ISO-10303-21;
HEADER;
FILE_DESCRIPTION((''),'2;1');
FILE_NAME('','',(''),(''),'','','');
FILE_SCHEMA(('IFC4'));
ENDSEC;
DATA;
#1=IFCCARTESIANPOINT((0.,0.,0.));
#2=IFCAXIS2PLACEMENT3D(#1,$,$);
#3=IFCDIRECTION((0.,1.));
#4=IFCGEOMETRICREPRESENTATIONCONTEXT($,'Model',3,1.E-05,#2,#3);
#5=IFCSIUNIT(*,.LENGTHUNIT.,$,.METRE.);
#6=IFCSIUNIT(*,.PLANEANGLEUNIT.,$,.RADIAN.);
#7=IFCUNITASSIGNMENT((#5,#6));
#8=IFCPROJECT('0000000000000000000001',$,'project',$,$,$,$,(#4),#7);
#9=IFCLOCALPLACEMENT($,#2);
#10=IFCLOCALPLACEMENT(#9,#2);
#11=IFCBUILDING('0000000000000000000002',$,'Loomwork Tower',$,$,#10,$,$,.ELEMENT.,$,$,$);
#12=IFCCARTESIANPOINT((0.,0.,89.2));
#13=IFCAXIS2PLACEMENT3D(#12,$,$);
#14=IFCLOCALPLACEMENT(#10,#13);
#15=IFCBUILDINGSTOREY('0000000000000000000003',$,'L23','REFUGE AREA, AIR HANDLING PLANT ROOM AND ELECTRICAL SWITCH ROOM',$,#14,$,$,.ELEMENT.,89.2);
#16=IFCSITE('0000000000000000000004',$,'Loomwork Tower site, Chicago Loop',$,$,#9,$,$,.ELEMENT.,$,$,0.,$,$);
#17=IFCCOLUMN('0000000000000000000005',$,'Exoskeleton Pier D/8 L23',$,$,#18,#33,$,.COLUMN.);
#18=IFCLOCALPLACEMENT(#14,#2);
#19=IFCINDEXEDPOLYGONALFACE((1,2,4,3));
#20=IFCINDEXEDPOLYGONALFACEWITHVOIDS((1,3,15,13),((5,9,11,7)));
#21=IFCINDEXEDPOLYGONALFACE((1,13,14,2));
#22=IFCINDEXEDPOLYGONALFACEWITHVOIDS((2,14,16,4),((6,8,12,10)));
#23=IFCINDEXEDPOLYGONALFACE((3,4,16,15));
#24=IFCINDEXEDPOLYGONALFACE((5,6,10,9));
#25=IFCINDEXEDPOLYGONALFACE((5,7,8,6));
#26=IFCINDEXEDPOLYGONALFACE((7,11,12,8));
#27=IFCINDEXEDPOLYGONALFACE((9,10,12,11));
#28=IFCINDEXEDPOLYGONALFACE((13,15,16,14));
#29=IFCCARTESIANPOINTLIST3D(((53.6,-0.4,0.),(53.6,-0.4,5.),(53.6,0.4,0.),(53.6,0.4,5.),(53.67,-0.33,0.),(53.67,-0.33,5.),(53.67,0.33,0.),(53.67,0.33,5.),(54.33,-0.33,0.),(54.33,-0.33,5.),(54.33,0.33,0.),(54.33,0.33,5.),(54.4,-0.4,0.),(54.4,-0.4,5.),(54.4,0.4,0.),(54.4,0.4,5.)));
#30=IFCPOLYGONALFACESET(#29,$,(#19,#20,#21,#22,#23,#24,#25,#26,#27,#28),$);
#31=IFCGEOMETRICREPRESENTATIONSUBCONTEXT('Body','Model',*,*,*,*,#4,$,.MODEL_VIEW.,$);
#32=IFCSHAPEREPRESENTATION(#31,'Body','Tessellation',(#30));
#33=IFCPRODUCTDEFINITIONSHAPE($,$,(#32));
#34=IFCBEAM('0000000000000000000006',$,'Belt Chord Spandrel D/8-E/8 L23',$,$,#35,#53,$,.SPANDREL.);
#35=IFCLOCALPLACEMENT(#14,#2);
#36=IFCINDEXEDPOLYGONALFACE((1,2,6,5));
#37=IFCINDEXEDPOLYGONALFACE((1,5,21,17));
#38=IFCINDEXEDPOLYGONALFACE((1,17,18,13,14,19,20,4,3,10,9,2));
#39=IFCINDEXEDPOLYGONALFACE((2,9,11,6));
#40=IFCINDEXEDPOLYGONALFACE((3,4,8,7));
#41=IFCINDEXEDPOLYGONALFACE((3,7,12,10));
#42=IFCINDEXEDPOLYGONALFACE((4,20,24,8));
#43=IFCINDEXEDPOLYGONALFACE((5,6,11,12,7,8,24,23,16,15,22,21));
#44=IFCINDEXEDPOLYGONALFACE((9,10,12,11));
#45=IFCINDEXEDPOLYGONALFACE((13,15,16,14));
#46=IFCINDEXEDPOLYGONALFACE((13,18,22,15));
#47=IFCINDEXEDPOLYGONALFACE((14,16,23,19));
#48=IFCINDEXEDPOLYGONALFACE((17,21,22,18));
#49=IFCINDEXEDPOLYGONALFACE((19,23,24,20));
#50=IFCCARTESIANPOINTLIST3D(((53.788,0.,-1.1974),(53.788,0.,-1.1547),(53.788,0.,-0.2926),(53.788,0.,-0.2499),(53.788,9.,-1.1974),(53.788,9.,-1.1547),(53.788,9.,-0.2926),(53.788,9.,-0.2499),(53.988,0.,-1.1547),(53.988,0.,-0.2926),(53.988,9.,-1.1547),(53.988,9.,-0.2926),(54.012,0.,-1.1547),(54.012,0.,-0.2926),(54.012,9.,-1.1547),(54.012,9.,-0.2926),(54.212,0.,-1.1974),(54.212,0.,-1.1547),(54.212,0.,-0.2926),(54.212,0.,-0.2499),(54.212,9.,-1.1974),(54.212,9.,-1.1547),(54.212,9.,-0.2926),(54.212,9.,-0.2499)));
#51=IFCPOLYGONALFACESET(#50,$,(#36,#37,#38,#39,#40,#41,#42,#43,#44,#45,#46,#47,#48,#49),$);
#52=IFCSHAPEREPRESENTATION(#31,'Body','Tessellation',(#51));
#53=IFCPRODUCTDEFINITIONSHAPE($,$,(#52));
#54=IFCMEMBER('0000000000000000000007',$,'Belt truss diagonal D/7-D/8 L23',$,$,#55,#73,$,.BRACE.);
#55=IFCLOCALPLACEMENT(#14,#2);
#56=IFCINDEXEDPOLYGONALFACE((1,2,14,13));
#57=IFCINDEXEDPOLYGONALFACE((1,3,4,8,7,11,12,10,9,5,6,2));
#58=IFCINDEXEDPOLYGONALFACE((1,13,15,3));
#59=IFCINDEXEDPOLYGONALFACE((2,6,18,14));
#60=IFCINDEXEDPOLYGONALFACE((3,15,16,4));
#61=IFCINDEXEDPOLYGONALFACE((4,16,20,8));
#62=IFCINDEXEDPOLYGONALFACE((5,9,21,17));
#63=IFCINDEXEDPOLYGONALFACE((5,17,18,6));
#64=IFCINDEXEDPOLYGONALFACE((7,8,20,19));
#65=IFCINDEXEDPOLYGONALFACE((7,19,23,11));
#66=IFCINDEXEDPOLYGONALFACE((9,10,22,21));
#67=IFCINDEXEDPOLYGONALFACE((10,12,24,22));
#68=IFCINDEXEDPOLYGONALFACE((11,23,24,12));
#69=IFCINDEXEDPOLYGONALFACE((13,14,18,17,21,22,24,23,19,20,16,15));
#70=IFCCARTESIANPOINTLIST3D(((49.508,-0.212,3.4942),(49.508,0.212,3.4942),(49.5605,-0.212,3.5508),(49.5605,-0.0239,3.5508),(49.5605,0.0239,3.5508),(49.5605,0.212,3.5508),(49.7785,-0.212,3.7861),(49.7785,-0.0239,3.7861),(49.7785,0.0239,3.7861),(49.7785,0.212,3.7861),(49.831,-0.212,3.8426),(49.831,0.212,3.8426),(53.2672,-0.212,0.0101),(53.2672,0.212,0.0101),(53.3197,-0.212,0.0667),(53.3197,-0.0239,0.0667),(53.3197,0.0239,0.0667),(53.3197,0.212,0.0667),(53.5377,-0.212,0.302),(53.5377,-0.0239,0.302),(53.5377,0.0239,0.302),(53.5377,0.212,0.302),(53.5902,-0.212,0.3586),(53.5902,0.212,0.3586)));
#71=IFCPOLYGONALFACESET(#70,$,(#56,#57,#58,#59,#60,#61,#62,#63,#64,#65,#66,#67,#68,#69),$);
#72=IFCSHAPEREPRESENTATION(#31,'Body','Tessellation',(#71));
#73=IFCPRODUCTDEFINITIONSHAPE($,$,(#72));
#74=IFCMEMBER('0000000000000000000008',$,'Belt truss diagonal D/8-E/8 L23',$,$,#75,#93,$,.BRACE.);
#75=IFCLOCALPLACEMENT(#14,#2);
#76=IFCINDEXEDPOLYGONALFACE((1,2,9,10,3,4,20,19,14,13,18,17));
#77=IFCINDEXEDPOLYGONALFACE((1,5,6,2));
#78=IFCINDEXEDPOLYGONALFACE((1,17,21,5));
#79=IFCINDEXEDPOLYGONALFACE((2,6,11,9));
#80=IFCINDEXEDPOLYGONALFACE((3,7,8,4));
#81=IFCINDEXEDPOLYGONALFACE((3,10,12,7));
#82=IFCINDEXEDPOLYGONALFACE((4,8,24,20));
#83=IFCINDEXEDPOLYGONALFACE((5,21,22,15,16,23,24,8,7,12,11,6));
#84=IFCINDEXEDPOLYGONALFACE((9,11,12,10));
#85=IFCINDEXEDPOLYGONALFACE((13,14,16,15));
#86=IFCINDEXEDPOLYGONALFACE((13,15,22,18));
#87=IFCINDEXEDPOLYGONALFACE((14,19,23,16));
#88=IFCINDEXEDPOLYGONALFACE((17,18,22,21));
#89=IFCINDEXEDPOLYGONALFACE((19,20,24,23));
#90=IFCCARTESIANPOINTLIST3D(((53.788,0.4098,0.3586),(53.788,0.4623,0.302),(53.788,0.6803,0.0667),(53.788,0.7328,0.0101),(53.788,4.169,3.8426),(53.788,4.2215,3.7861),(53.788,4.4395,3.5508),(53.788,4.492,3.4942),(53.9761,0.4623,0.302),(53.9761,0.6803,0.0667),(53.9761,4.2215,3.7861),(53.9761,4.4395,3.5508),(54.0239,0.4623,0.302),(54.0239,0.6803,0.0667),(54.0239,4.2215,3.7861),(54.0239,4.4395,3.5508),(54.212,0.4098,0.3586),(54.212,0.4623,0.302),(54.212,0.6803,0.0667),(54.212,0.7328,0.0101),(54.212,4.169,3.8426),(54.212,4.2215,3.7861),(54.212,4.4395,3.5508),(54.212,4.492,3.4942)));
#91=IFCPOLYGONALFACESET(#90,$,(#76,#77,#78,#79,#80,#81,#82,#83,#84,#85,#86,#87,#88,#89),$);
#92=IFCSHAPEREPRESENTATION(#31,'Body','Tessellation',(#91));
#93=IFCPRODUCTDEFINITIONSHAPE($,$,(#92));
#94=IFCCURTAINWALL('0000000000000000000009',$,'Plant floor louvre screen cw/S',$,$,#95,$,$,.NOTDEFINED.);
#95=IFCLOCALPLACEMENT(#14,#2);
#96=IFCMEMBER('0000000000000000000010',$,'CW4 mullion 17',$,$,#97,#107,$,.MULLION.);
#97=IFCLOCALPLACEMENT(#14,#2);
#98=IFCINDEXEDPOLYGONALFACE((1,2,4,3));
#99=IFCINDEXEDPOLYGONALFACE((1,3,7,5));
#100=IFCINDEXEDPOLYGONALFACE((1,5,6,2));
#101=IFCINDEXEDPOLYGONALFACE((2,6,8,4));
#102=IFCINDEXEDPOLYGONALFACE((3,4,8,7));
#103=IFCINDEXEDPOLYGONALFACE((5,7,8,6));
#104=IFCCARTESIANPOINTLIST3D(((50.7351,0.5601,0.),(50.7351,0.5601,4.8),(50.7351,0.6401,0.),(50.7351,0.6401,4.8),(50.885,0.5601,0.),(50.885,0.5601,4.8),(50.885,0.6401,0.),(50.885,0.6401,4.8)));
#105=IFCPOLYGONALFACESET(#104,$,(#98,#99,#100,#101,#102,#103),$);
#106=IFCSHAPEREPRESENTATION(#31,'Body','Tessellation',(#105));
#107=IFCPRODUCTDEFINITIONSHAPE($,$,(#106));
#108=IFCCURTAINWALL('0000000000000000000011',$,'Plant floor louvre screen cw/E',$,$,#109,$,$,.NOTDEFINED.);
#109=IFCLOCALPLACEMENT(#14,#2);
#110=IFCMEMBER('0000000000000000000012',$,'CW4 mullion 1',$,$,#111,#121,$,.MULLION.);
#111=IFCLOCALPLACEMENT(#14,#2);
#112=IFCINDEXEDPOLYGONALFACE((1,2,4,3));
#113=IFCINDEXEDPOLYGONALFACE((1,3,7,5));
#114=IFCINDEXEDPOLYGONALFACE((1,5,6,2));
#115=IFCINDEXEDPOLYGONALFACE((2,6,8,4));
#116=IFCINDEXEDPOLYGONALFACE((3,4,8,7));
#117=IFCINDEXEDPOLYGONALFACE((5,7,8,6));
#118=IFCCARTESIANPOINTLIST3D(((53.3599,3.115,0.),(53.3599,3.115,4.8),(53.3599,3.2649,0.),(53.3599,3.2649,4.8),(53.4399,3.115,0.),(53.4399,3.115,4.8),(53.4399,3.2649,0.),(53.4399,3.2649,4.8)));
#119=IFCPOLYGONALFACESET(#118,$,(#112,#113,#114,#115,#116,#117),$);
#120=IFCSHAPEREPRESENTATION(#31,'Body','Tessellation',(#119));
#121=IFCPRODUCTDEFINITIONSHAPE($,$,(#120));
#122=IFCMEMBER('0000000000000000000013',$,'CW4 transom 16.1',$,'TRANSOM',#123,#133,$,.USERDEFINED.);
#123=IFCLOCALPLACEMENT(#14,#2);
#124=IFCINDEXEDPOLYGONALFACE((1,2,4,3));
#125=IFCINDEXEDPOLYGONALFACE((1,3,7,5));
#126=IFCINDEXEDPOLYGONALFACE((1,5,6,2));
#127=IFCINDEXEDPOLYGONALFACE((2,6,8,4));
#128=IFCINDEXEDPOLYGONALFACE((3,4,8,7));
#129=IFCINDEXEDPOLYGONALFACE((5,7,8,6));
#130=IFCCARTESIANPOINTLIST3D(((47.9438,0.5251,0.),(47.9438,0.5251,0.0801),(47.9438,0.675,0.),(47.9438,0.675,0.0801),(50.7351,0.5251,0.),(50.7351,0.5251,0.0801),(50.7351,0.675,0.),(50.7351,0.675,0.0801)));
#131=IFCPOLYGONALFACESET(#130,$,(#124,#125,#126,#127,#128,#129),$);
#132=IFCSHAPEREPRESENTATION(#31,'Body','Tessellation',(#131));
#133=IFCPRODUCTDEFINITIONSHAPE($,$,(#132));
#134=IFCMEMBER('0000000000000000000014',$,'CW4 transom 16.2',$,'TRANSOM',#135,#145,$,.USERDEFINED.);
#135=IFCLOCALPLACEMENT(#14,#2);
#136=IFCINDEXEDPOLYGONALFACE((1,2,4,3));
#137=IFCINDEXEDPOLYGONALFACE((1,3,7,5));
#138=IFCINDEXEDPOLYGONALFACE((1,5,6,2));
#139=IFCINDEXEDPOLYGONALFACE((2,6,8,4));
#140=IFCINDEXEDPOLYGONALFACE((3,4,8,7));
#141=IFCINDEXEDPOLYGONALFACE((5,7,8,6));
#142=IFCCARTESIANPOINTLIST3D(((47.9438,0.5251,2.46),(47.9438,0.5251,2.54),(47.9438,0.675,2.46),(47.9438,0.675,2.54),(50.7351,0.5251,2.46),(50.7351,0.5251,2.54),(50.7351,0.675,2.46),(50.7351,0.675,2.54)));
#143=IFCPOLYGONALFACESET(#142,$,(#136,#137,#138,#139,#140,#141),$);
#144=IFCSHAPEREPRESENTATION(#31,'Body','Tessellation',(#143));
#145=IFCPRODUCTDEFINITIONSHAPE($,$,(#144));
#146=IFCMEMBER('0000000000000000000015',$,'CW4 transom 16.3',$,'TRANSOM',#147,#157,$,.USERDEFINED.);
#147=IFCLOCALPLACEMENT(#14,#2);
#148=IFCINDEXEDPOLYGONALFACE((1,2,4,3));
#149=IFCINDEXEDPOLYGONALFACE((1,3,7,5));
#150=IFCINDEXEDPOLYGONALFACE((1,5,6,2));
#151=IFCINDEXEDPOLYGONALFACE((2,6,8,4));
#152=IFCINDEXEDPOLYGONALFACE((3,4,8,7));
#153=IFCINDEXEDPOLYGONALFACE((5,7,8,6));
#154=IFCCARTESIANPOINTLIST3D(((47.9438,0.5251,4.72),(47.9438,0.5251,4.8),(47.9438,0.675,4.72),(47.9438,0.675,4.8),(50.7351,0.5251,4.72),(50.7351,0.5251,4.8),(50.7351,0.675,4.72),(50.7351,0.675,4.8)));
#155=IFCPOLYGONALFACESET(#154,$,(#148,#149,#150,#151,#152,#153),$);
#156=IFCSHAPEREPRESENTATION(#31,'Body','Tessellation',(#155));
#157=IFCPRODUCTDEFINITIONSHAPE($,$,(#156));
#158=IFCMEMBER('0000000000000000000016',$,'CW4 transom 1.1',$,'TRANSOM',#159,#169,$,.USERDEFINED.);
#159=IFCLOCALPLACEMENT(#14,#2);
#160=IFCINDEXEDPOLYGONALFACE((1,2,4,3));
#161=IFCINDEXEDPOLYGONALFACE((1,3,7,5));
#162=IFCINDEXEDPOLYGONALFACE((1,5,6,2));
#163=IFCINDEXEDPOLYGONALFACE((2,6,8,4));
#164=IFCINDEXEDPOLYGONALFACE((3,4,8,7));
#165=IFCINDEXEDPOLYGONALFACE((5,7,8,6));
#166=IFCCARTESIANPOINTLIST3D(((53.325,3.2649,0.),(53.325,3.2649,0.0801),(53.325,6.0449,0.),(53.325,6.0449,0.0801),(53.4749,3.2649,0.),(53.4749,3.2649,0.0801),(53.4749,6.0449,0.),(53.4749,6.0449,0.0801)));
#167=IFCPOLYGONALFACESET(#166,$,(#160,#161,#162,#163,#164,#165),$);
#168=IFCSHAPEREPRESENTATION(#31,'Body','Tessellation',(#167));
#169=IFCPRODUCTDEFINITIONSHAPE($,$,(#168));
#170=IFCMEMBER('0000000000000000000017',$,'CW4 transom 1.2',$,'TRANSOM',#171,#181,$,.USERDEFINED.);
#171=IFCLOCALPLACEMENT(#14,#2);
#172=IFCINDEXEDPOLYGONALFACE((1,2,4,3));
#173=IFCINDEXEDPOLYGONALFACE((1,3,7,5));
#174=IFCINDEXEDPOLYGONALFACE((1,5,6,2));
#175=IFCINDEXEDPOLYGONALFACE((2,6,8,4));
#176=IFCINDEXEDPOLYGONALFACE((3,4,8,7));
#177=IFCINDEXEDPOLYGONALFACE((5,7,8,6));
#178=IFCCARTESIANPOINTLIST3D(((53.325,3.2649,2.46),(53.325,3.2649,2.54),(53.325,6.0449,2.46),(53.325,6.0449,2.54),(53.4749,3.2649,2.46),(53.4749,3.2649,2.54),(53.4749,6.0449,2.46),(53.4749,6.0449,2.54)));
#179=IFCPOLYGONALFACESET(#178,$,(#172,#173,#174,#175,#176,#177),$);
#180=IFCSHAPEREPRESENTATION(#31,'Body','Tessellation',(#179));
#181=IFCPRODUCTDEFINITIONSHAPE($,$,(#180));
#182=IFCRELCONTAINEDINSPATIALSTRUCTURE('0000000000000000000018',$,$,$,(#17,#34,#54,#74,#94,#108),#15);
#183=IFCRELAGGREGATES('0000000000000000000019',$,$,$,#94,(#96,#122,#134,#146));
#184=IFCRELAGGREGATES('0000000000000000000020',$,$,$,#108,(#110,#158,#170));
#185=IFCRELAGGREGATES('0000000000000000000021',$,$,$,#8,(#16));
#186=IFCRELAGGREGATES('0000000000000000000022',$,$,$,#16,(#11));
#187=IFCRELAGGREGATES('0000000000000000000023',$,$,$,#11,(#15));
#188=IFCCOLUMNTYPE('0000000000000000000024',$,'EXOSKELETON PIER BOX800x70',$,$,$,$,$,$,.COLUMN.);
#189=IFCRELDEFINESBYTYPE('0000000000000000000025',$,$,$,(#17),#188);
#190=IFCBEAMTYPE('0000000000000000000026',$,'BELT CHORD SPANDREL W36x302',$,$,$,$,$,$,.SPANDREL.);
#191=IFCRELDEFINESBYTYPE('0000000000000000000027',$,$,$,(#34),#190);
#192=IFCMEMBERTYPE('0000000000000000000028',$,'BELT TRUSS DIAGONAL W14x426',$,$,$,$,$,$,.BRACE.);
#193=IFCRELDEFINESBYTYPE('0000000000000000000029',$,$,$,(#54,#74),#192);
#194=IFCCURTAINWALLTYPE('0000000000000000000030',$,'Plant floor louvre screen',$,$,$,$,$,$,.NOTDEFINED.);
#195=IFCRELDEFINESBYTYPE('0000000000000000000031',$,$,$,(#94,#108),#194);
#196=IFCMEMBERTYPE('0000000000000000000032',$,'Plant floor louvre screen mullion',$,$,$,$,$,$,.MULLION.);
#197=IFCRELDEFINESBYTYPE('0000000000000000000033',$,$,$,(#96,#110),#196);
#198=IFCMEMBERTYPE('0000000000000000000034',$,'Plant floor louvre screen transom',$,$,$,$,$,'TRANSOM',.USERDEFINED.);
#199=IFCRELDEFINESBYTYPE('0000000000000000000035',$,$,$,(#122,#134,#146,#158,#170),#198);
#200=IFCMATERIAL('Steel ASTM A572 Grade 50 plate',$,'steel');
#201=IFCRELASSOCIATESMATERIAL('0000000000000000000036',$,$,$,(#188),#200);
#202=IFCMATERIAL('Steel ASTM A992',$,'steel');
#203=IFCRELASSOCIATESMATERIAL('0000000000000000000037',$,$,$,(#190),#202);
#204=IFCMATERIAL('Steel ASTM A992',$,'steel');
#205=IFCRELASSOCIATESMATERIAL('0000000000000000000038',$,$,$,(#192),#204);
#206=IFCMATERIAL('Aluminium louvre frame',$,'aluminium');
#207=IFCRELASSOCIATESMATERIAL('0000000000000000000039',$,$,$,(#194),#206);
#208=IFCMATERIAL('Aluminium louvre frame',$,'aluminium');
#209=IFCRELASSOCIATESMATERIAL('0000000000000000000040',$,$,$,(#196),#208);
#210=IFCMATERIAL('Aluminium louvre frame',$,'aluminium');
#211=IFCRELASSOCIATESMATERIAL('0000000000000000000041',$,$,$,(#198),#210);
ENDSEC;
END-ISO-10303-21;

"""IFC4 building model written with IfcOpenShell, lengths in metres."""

from ifc_helpers import new_model, si_unit, direction, frame, origin, origin_2d, place, context, subcontext, project, spatial, rectangle, hollow_rectangle, i_section, extrude, material, material_profile, profile_set, type_object, element, aggregate, save


model = new_model("IFC4")

# Units and contexts
model_context = context("Model", 3, precision=1e-05, world=origin(), true_north=direction((0.0, 1.0)))
body_context = subcontext(model_context, "Body", "Model", "MODEL_VIEW")
ifc_project = project(units=[si_unit("LENGTHUNIT", "METRE"), si_unit("PLANEANGLEUNIT", "RADIAN")], contexts=[model_context])

# Site, building, storey
site_placement = place(None, origin())
site = spatial("IfcSite", under=ifc_project, at=site_placement, Name="Loomwork Tower site, Chicago Loop", CompositionType="ELEMENT", RefElevation=0.0)
building_placement = place(site_placement, origin())
building = spatial("IfcBuilding", under=site, at=building_placement, Name="Loomwork Tower", CompositionType="ELEMENT")
storey_placement = place(building_placement, frame((0.0, 0.0, 89.2)))
storey = spatial("IfcBuildingStorey", under=building, at=storey_placement, Name="L23", Description="REFUGE AREA, AIR HANDLING PLANT ROOM AND ELECTRICAL SWITCH ROOM", CompositionType="ELEMENT", Elevation=89.2)

# Column
ifc_material_1 = material(Name="Steel ASTM A572 Grade 50 plate", Category="steel")
ifc_material_profile_1 = material_profile(ifc_material_1, hollow_rectangle(XDim=0.8, YDim=0.8, WallThickness=0.0701, at=origin_2d()), Name="BOX800x70")
ifc_profile_set_1 = profile_set([ifc_material_profile_1], Name="Steel ASTM A572 Grade 50 plate")
column_type = type_object("IfcColumnType", Name="EXOSKELETON PIER BOX800x70", PredefinedType="COLUMN", material=ifc_profile_set_1)
column_placement = place(storey_placement, frame((54.0, 0.0, 0.0), z_axis=(0.0, 0.0, 1.0), x_axis=(1.0, 0.0, 0.0)))
element("IfcColumn", 1, at=column_placement, inside=storey, type_object=column_type, Name="Exoskeleton Pier D/8 L23", PredefinedType="COLUMN", context=body_context, shape_type="SweptSolid", body=[
    extrude(hollow_rectangle(XDim=0.8, YDim=0.8, WallThickness=0.0701, at=origin_2d()), origin(), (0.0, 0.0, 1.0), 5.0),
])

# Beam
ifc_material_2 = material(Name="Steel ASTM A992", Category="steel")
ifc_material_profile_2 = material_profile(ifc_material_2, i_section(OverallWidth=0.4241, OverallDepth=0.9475, WebThickness=0.0239, FlangeThickness=0.0427, at=origin_2d()), Name="W36x302")
ifc_profile_set_2 = profile_set([ifc_material_profile_2], Name="Steel ASTM A992")
beam_type = type_object("IfcBeamType", Name="BELT CHORD SPANDREL W36x302", PredefinedType="SPANDREL", material=ifc_profile_set_2)
beam_placement = place(storey_placement, frame((54.0, 0.0, -0.7236), z_axis=(0.0, 1.0, 0.0), x_axis=(-1.0, 0.0, 0.0)))
element("IfcBeam", 2, at=beam_placement, inside=storey, type_object=beam_type, Name="Belt Chord Spandrel D/8-E/8 L23", PredefinedType="SPANDREL", context=body_context, shape_type="SweptSolid", body=[
    extrude(i_section(OverallWidth=0.4241, OverallDepth=0.9475, WebThickness=0.0239, FlangeThickness=0.0427, at=origin_2d()), origin(), (0.0, 0.0, 1.0), 9.0),
])

# Members
ifc_material_3 = material(Name="Steel ASTM A992", Category="steel")
ifc_material_profile_3 = material_profile(ifc_material_3, i_section(OverallWidth=0.4241, OverallDepth=0.4751, WebThickness=0.0479, FlangeThickness=0.0771, at=origin_2d()), Name="W14x426")
ifc_profile_set_3 = profile_set([ifc_material_profile_3], Name="Steel ASTM A992")
member_type_1 = type_object("IfcMemberType", Name="BELT TRUSS DIAGONAL W14x426", PredefinedType="BRACE", material=ifc_profile_set_3)
for number, where, z_axis, x_axis, name in (
    (3, (53.4287, 0.0, 0.1843), (-0.733438, 0.0, 0.679757), (0.0, -1.0, 0.0), "Belt truss diagonal D/7-D/8 L23"),
    (4, (54.0, 0.5713, 0.1843), (0.0, 0.733438, 0.679757), (-1.0, 0.0, 0.0), "Belt truss diagonal D/8-E/8 L23"),
):
    element("IfcMember", number, at=place(storey_placement, frame(where, z_axis=z_axis, x_axis=x_axis)), inside=storey, type_object=member_type_1, Name=name, PredefinedType="BRACE", context=body_context, shape_type="SweptSolid", body=[
        extrude(i_section(OverallWidth=0.4241, OverallDepth=0.4751, WebThickness=0.0479, FlangeThickness=0.0771, at=origin_2d()), origin(), (0.0, 0.0, 1.0), 5.1255),
    ])

# Curtain walls, members
ifc_material_4 = material(Name="Aluminium louvre frame", Category="aluminium")
curtain_wall_type = type_object("IfcCurtainWallType", Name="Plant floor louvre screen", PredefinedType="NOTDEFINED", material=ifc_material_4)
curtain_wall_1_placement = place(storey_placement, origin())
curtain_wall_1 = element("IfcCurtainWall", 5, at=curtain_wall_1_placement, inside=storey, type_object=curtain_wall_type, Name="Plant floor louvre screen cw/S", PredefinedType="NOTDEFINED")
ifc_material_5 = material(Name="Aluminium louvre frame", Category="aluminium")
ifc_material_profile_4 = material_profile(ifc_material_5, rectangle(XDim=0.0801, YDim=0.1499, at=origin_2d()), Name="AL 80x150")
ifc_profile_set_4 = profile_set([ifc_material_profile_4], Name="Aluminium louvre frame")
member_type_2 = type_object("IfcMemberType", Name="Plant floor louvre screen mullion", PredefinedType="MULLION", material=ifc_profile_set_4)
member_1_placement = place(storey_placement, frame((50.8101, 0.6001, 0.0), z_axis=(0.0, 0.0, 1.0), x_axis=(0.0, 1.0, 0.0)))
member_1 = element("IfcMember", 6, at=member_1_placement, type_object=member_type_2, Name="CW4 mullion 17", PredefinedType="MULLION", context=body_context, shape_type="SweptSolid", body=[
    extrude(rectangle(XDim=0.0801, YDim=0.1499, at=origin_2d()), origin(), (0.0, 0.0, 1.0), 4.8),
])
curtain_wall_2_placement = place(storey_placement, origin())
curtain_wall_2 = element("IfcCurtainWall", 7, at=curtain_wall_2_placement, inside=storey, type_object=curtain_wall_type, Name="Plant floor louvre screen cw/E", PredefinedType="NOTDEFINED")
member_2_placement = place(storey_placement, frame((53.3999, 3.1899, 0.0), z_axis=(0.0, 0.0, 1.0), x_axis=(-1.0, 0.0, 0.0)))
member_2 = element("IfcMember", 8, at=member_2_placement, type_object=member_type_2, Name="CW4 mullion 1", PredefinedType="MULLION", context=body_context, shape_type="SweptSolid", body=[
    extrude(rectangle(XDim=0.0801, YDim=0.1499, at=origin_2d()), origin(), (0.0, 0.0, 1.0), 4.8),
])

# Members
ifc_material_6 = material(Name="Aluminium louvre frame", Category="aluminium")
ifc_material_profile_5 = material_profile(ifc_material_6, rectangle(XDim=0.1499, YDim=0.0801, at=origin_2d()), Name="AL 80x150")
ifc_profile_set_5 = profile_set([ifc_material_profile_5], Name="Aluminium louvre frame")
member_type_3 = type_object("IfcMemberType", Name="Plant floor louvre screen transom", ElementType="TRANSOM", PredefinedType="USERDEFINED", material=ifc_profile_set_5)
member_3_placement = place(storey_placement, frame((47.9438, 0.6001, 0.04), z_axis=(1.0, 0.0, 0.0), x_axis=(0.0, 1.0, 0.0)))
member_3 = element("IfcMember", 9, at=member_3_placement, type_object=member_type_3, Name="CW4 transom 16.1", ObjectType="TRANSOM", PredefinedType="USERDEFINED", context=body_context, shape_type="SweptSolid", body=[
    extrude(rectangle(XDim=0.1499, YDim=0.0801, at=origin_2d()), origin(), (0.0, 0.0, 1.0), 2.7913),
])
member_4_placement = place(storey_placement, frame((47.9438, 0.6001, 2.5), z_axis=(1.0, 0.0, 0.0), x_axis=(0.0, 1.0, 0.0)))
member_4 = element("IfcMember", 10, at=member_4_placement, type_object=member_type_3, Name="CW4 transom 16.2", ObjectType="TRANSOM", PredefinedType="USERDEFINED", context=body_context, shape_type="SweptSolid", body=[
    extrude(rectangle(XDim=0.1499, YDim=0.0801, at=origin_2d()), origin(), (0.0, 0.0, 1.0), 2.7913),
])
member_5_placement = place(storey_placement, frame((47.9438, 0.6001, 4.76), z_axis=(1.0, 0.0, 0.0), x_axis=(0.0, 1.0, 0.0)))
member_5 = element("IfcMember", 11, at=member_5_placement, type_object=member_type_3, Name="CW4 transom 16.3", ObjectType="TRANSOM", PredefinedType="USERDEFINED", context=body_context, shape_type="SweptSolid", body=[
    extrude(rectangle(XDim=0.1499, YDim=0.0801, at=origin_2d()), origin(), (0.0, 0.0, 1.0), 2.7913),
])
member_6_placement = place(storey_placement, frame((53.3999, 3.2649, 0.04), z_axis=(0.0, 1.0, 0.0), x_axis=(-1.0, 0.0, 0.0)))
member_6 = element("IfcMember", 12, at=member_6_placement, type_object=member_type_3, Name="CW4 transom 1.1", ObjectType="TRANSOM", PredefinedType="USERDEFINED", context=body_context, shape_type="SweptSolid", body=[
    extrude(rectangle(XDim=0.1499, YDim=0.0801, at=origin_2d()), origin(), (0.0, 0.0, 1.0), 2.78),
])
member_7_placement = place(storey_placement, frame((53.3999, 3.2649, 2.5), z_axis=(0.0, 1.0, 0.0), x_axis=(-1.0, 0.0, 0.0)))
member_7 = element("IfcMember", 13, at=member_7_placement, type_object=member_type_3, Name="CW4 transom 1.2", ObjectType="TRANSOM", PredefinedType="USERDEFINED", context=body_context, shape_type="SweptSolid", body=[
    extrude(rectangle(XDim=0.1499, YDim=0.0801, at=origin_2d()), origin(), (0.0, 0.0, 1.0), 2.78),
])

aggregate(curtain_wall_1, [member_1, member_3, member_4, member_5])
aggregate(curtain_wall_2, [member_2, member_6, member_7])

save(model, "model.ifc")
